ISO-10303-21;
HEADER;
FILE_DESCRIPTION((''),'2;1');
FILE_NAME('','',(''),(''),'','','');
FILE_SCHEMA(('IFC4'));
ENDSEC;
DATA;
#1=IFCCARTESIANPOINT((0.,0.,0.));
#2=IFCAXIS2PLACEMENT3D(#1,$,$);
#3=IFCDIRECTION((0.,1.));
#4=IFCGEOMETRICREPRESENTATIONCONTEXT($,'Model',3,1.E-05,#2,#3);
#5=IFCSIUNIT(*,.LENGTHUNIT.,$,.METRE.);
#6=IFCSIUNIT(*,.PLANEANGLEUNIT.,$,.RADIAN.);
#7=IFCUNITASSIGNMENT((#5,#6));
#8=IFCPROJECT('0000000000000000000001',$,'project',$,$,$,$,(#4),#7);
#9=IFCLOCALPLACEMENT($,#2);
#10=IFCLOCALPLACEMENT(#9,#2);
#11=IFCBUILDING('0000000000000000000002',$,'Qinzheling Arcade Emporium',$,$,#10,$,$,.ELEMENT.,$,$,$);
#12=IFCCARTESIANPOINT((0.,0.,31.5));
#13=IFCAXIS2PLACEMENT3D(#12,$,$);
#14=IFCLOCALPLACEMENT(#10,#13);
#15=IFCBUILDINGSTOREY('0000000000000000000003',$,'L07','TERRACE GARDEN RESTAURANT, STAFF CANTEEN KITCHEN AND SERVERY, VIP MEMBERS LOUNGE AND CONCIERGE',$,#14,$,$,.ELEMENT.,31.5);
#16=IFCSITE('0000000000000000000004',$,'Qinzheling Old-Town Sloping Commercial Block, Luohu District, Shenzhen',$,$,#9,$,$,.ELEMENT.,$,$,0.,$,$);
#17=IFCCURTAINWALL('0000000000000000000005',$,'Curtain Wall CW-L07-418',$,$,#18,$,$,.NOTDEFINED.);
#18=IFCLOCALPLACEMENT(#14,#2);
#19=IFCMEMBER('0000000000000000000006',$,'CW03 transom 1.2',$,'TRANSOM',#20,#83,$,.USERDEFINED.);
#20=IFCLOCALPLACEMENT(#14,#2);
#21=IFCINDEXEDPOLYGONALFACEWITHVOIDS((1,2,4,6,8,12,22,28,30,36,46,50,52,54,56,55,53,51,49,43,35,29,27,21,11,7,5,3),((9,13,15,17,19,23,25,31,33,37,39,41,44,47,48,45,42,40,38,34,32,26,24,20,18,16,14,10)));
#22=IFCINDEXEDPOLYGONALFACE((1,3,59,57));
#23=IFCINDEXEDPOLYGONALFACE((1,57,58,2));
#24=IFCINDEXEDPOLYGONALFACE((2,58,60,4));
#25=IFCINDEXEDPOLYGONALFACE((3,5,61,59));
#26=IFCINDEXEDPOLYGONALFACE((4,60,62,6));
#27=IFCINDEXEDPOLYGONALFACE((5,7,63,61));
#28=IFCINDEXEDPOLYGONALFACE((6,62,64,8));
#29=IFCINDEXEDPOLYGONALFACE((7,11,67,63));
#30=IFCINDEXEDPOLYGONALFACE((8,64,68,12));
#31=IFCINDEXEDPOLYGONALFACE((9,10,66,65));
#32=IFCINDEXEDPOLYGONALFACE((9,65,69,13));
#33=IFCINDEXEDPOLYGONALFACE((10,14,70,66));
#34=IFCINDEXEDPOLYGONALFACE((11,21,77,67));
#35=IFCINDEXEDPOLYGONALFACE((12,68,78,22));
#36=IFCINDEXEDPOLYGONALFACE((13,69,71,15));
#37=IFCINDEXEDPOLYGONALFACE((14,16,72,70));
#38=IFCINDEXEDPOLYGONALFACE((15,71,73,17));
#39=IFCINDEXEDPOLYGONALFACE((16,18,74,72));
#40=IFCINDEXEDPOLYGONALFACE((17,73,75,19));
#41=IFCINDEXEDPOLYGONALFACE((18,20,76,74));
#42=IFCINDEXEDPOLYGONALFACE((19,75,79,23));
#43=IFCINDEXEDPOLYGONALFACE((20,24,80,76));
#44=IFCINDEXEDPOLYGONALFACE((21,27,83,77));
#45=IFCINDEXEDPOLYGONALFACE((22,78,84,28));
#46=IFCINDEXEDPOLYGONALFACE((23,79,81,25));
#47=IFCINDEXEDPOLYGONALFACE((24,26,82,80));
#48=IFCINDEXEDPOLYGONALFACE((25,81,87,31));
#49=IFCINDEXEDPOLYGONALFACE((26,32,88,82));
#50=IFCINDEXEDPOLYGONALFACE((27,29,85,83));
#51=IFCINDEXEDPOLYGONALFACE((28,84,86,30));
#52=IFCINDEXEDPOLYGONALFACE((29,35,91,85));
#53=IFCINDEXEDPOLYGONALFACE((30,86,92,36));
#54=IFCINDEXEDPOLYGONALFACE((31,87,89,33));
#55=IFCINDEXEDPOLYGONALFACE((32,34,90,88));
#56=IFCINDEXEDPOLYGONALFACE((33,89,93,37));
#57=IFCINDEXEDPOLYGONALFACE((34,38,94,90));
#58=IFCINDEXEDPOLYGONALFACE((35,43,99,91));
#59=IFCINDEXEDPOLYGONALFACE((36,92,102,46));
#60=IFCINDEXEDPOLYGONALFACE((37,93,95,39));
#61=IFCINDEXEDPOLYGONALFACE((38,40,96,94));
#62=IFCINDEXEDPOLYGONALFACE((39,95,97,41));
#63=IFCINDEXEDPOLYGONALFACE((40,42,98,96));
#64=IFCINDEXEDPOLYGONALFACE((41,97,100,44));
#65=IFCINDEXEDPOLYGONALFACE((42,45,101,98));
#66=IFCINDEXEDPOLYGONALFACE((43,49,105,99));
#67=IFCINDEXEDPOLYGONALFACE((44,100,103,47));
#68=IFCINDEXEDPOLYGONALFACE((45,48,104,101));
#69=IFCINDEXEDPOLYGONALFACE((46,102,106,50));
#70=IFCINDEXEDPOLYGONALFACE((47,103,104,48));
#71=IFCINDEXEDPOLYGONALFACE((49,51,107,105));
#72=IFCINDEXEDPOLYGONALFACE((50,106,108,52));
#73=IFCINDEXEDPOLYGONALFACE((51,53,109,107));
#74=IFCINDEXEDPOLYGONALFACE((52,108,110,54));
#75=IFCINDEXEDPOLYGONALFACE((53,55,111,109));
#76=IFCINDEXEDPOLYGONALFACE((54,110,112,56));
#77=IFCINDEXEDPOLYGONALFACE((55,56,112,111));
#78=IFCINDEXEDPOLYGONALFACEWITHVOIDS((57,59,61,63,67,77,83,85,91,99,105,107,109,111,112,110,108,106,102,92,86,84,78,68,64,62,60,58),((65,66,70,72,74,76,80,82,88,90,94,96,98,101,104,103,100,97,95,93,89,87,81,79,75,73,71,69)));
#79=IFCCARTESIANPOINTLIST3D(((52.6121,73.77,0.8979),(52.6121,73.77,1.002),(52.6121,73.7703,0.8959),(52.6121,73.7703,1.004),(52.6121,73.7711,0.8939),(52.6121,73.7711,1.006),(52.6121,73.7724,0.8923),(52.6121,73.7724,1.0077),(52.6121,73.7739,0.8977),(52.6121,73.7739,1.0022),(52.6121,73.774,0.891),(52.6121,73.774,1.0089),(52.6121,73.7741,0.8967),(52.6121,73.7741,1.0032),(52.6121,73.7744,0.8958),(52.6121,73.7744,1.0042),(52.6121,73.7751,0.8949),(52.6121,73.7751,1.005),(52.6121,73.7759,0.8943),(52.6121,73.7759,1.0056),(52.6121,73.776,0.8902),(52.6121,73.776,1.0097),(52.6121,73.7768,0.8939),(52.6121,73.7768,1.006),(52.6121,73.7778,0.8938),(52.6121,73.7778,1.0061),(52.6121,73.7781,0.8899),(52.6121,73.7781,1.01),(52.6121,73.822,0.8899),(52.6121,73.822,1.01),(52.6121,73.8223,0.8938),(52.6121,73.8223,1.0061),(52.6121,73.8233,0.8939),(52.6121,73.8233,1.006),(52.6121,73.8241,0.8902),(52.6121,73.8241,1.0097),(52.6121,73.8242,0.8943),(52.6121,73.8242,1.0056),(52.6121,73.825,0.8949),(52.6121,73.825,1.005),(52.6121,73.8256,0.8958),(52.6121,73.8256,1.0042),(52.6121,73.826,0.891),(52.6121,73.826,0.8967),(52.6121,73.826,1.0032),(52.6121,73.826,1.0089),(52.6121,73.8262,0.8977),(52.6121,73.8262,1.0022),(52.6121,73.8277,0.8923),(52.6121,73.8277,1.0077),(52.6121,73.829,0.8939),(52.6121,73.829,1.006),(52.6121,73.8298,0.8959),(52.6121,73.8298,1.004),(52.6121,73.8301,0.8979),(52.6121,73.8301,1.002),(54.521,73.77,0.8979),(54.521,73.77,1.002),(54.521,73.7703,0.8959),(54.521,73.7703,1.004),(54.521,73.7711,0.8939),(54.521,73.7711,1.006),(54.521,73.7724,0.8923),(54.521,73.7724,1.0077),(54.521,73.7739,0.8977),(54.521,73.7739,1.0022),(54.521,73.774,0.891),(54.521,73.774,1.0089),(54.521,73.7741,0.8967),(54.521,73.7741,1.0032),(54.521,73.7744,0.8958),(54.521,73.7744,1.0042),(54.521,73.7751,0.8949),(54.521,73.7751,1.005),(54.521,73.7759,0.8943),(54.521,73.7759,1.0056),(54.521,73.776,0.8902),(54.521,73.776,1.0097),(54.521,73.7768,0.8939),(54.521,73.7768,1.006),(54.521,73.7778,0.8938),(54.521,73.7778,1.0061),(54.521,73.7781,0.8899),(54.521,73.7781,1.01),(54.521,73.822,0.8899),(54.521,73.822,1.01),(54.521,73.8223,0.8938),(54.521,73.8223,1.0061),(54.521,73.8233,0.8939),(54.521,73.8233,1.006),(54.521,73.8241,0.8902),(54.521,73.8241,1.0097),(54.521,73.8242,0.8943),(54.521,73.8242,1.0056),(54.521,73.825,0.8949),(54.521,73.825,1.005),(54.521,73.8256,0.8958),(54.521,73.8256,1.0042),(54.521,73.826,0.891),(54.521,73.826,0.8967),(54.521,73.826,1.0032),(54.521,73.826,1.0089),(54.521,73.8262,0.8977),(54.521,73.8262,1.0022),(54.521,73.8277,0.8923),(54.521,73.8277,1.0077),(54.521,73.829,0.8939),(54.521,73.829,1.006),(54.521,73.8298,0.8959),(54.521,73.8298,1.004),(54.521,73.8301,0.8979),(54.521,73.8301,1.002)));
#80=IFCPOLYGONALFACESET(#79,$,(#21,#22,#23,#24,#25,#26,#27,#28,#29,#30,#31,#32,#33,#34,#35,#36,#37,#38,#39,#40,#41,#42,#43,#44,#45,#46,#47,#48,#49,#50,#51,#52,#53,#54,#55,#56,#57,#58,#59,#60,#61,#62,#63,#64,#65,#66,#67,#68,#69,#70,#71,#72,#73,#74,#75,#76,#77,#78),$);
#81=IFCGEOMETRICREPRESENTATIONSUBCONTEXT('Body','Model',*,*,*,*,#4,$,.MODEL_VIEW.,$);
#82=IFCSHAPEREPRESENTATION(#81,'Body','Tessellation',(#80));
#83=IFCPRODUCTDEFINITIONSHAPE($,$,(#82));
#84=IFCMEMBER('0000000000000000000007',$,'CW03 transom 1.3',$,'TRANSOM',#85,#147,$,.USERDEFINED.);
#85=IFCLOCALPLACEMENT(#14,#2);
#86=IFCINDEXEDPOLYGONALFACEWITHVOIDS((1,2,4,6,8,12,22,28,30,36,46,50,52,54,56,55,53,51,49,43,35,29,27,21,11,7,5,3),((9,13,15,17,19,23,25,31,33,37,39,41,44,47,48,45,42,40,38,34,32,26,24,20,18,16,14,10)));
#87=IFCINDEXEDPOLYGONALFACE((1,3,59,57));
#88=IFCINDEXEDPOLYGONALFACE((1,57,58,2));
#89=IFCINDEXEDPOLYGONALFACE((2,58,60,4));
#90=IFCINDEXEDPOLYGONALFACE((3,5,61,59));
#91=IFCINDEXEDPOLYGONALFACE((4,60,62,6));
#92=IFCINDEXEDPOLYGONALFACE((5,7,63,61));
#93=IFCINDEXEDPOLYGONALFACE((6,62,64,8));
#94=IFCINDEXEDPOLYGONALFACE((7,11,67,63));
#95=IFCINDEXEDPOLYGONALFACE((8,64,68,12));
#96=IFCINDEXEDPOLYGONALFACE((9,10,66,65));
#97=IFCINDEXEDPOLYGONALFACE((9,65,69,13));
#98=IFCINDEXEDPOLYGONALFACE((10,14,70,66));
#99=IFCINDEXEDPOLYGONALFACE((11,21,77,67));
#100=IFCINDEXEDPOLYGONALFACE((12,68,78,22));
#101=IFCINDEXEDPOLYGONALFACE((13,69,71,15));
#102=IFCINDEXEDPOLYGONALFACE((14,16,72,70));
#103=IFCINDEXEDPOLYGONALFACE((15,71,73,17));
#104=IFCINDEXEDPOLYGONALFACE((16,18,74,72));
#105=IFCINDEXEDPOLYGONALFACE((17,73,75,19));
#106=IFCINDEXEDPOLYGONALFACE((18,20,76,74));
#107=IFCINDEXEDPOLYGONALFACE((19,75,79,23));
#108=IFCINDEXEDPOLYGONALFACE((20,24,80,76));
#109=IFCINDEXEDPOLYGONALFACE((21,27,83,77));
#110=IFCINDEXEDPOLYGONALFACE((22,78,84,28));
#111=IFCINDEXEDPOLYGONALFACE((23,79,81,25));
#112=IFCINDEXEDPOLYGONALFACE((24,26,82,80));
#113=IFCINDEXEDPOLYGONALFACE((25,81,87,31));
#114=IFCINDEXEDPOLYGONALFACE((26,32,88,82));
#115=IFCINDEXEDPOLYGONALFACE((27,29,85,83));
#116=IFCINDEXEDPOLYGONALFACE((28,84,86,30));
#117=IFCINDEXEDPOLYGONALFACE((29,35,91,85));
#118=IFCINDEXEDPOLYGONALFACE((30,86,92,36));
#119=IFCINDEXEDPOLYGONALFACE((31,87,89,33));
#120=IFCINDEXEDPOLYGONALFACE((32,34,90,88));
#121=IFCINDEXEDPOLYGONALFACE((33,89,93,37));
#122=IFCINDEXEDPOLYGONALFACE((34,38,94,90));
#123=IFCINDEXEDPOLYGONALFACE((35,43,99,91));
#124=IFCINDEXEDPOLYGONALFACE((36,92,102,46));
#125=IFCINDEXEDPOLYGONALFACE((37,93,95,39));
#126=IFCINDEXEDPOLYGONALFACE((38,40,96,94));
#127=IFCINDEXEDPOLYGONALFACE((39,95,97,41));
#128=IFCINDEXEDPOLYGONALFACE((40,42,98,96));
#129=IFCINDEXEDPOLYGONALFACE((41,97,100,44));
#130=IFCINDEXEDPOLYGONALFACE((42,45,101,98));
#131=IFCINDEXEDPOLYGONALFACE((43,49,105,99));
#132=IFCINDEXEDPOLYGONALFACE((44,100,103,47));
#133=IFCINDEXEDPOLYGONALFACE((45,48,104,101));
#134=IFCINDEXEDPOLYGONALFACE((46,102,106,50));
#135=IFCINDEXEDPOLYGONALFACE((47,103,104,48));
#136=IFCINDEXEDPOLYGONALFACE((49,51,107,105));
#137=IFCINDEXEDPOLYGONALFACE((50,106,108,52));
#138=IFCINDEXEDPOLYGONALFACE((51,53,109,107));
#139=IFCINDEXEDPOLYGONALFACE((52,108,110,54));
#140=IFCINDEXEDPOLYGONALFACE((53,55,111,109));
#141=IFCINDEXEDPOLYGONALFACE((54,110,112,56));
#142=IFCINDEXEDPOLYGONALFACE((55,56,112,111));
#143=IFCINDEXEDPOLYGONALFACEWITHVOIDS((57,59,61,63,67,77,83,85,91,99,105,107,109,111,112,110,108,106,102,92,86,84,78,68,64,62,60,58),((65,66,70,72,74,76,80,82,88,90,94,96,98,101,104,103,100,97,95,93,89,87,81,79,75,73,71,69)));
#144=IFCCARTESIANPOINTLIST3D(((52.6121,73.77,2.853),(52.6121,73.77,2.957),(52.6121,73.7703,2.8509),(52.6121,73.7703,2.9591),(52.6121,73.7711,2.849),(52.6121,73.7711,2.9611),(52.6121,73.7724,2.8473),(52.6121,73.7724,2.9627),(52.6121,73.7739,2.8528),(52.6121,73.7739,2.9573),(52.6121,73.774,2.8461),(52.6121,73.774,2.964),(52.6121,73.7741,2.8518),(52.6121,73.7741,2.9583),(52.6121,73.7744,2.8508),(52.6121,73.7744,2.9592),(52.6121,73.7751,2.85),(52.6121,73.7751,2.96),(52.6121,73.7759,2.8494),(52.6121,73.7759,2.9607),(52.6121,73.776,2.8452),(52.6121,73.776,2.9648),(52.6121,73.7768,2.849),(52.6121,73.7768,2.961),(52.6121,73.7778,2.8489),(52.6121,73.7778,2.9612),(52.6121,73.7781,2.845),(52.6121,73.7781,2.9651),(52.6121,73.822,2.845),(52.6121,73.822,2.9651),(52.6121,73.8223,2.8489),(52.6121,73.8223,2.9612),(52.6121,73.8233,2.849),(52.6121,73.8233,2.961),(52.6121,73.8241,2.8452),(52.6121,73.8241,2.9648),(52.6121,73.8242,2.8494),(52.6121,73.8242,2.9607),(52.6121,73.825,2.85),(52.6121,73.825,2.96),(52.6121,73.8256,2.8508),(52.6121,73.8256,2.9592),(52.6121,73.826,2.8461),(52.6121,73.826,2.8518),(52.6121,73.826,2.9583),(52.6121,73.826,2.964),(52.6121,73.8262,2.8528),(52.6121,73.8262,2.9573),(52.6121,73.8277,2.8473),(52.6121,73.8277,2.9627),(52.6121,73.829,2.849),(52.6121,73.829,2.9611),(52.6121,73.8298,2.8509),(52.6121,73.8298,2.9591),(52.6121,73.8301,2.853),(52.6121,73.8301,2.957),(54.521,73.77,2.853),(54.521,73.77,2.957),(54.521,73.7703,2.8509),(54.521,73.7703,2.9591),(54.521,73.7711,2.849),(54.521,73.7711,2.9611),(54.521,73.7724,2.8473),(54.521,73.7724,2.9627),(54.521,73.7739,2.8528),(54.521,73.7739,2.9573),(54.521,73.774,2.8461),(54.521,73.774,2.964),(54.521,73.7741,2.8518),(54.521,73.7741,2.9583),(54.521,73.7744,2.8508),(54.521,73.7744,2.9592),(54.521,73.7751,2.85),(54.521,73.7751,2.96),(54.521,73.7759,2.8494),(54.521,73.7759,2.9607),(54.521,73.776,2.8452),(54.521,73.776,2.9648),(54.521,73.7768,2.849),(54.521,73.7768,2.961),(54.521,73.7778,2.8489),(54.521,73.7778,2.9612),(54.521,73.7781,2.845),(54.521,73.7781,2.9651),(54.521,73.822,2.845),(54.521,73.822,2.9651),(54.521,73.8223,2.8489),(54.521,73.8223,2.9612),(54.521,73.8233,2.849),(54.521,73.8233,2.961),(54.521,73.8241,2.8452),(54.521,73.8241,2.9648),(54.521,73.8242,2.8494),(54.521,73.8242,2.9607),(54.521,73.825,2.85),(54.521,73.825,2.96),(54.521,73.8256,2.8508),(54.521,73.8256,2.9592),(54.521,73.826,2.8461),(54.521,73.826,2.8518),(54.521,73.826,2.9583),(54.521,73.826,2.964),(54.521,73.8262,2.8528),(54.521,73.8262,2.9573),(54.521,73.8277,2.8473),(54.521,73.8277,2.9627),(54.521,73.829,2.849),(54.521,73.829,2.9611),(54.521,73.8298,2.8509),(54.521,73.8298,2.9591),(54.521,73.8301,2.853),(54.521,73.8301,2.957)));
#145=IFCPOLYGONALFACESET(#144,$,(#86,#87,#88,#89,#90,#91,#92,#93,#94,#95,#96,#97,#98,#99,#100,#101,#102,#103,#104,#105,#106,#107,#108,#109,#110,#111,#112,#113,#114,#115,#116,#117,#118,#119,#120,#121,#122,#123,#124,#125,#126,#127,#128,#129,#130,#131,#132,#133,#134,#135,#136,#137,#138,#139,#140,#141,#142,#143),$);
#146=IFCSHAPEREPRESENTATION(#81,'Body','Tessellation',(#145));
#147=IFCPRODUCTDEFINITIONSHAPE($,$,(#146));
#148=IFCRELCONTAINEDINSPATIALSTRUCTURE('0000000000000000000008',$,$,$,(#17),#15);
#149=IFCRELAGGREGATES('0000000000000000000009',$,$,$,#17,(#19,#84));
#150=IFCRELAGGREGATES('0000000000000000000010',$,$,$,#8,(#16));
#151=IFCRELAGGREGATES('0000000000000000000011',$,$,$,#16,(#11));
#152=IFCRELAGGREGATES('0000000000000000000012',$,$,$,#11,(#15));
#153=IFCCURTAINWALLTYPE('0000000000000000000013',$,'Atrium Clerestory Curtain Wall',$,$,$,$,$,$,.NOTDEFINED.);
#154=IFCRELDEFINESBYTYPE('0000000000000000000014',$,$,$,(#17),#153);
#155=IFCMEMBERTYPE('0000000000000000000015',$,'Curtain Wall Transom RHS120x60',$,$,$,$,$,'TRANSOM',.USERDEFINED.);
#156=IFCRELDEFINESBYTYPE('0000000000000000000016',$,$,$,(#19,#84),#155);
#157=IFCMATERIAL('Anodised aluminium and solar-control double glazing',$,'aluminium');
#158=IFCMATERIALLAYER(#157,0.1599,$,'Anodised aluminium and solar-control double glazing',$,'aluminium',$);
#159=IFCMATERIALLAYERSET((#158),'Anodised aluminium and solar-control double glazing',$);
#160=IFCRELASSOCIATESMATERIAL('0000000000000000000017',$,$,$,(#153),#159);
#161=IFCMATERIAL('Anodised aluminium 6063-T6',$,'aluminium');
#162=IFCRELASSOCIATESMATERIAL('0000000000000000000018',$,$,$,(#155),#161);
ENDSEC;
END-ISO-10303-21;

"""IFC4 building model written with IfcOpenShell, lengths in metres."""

from ifc_helpers import new_model, si_unit, direction, frame, origin, origin_2d, place, context, subcontext, project, spatial, hollow_rectangle, extrude, material, layer, layer_set, material_profile, profile_set, type_object, element, aggregate, save


model = new_model("IFC4")

# Units and contexts
model_context = context("Model", 3, precision=1e-05, world=origin(), true_north=direction((0.0, 1.0)))
body_context = subcontext(model_context, "Body", "Model", "MODEL_VIEW")
ifc_project = project(units=[si_unit("LENGTHUNIT", "METRE"), si_unit("PLANEANGLEUNIT", "RADIAN")], contexts=[model_context])

# Site, building, storey
site_placement = place(None, origin())
site = spatial("IfcSite", under=ifc_project, at=site_placement, Name="Qinzheling Old-Town Sloping Commercial Block, Luohu District, Shenzhen", CompositionType="ELEMENT", RefElevation=0.0)
building_placement = place(site_placement, origin())
building = spatial("IfcBuilding", under=site, at=building_placement, Name="Qinzheling Arcade Emporium", CompositionType="ELEMENT")
storey_placement = place(building_placement, frame((0.0, 0.0, 31.5)))
storey = spatial("IfcBuildingStorey", under=building, at=storey_placement, Name="L07", Description="TERRACE GARDEN RESTAURANT, STAFF CANTEEN KITCHEN AND SERVERY, VIP MEMBERS LOUNGE AND CONCIERGE", CompositionType="ELEMENT", Elevation=31.5)

# Curtain wall, members
ifc_material_1 = material(Name="Anodised aluminium and solar-control double glazing", Category="aluminium")
ifc_layer_1 = layer(ifc_material_1, 0.1599, Name="Anodised aluminium and solar-control double glazing", Category="aluminium")
ifc_layer_set_1 = layer_set([ifc_layer_1], Name="Anodised aluminium and solar-control double glazing")
curtain_wall_type = type_object("IfcCurtainWallType", Name="Atrium Clerestory Curtain Wall", PredefinedType="NOTDEFINED", material=ifc_layer_set_1)
curtain_wall_placement = place(storey_placement, origin())
curtain_wall = element("IfcCurtainWall", 1, at=curtain_wall_placement, inside=storey, type_object=curtain_wall_type, Name="Curtain Wall CW-L07-418", PredefinedType="NOTDEFINED")
ifc_material_2 = material(Name="Anodised aluminium 6063-T6", Category="aluminium")
ifc_material_profile_1 = material_profile(ifc_material_2, hollow_rectangle(XDim=0.0601, YDim=0.1201, WallThickness=0.0039, InnerFilletRadius=0.0039, OuterFilletRadius=0.0081, at=origin_2d()), Name="RHS 120x60x4", Category="aluminium")
ifc_profile_set_1 = profile_set([ifc_material_profile_1], Name="Anodised aluminium 6063-T6")
member_type_1 = type_object("IfcMemberType", Name="Curtain Wall Transom RHS120x60", ElementType="TRANSOM", PredefinedType="USERDEFINED", material=ifc_profile_set_1)
member_1_placement = place(storey_placement, frame((52.6121, 73.8, 0.95), z_axis=(1.0, 0.0, 0.0), x_axis=(0.0, 1.0, 0.0)))
member_1 = element("IfcMember", 2, at=member_1_placement, type_object=member_type_1, Name="CW03 transom 1.2", ObjectType="TRANSOM", PredefinedType="USERDEFINED", context=body_context, shape_type="SweptSolid", body=[
    extrude(hollow_rectangle(XDim=0.0601, YDim=0.1201, WallThickness=0.0039, InnerFilletRadius=0.0039, OuterFilletRadius=0.0081, at=origin_2d()), origin(), (0.0, 0.0, 1.0), 1.9089),
])
member_2_placement = place(storey_placement, frame((52.6121, 73.8, 2.905), z_axis=(1.0, 0.0, 0.0), x_axis=(0.0, 1.0, 0.0)))
member_2 = element("IfcMember", 3, at=member_2_placement, type_object=member_type_1, Name="CW03 transom 1.3", ObjectType="TRANSOM", PredefinedType="USERDEFINED", context=body_context, shape_type="SweptSolid", body=[
    extrude(hollow_rectangle(XDim=0.0601, YDim=0.1201, WallThickness=0.0039, InnerFilletRadius=0.0039, OuterFilletRadius=0.0081, at=origin_2d()), origin(), (0.0, 0.0, 1.0), 1.9089),
])

aggregate(curtain_wall, [member_1, member_2])

save(model, "model.ifc")
